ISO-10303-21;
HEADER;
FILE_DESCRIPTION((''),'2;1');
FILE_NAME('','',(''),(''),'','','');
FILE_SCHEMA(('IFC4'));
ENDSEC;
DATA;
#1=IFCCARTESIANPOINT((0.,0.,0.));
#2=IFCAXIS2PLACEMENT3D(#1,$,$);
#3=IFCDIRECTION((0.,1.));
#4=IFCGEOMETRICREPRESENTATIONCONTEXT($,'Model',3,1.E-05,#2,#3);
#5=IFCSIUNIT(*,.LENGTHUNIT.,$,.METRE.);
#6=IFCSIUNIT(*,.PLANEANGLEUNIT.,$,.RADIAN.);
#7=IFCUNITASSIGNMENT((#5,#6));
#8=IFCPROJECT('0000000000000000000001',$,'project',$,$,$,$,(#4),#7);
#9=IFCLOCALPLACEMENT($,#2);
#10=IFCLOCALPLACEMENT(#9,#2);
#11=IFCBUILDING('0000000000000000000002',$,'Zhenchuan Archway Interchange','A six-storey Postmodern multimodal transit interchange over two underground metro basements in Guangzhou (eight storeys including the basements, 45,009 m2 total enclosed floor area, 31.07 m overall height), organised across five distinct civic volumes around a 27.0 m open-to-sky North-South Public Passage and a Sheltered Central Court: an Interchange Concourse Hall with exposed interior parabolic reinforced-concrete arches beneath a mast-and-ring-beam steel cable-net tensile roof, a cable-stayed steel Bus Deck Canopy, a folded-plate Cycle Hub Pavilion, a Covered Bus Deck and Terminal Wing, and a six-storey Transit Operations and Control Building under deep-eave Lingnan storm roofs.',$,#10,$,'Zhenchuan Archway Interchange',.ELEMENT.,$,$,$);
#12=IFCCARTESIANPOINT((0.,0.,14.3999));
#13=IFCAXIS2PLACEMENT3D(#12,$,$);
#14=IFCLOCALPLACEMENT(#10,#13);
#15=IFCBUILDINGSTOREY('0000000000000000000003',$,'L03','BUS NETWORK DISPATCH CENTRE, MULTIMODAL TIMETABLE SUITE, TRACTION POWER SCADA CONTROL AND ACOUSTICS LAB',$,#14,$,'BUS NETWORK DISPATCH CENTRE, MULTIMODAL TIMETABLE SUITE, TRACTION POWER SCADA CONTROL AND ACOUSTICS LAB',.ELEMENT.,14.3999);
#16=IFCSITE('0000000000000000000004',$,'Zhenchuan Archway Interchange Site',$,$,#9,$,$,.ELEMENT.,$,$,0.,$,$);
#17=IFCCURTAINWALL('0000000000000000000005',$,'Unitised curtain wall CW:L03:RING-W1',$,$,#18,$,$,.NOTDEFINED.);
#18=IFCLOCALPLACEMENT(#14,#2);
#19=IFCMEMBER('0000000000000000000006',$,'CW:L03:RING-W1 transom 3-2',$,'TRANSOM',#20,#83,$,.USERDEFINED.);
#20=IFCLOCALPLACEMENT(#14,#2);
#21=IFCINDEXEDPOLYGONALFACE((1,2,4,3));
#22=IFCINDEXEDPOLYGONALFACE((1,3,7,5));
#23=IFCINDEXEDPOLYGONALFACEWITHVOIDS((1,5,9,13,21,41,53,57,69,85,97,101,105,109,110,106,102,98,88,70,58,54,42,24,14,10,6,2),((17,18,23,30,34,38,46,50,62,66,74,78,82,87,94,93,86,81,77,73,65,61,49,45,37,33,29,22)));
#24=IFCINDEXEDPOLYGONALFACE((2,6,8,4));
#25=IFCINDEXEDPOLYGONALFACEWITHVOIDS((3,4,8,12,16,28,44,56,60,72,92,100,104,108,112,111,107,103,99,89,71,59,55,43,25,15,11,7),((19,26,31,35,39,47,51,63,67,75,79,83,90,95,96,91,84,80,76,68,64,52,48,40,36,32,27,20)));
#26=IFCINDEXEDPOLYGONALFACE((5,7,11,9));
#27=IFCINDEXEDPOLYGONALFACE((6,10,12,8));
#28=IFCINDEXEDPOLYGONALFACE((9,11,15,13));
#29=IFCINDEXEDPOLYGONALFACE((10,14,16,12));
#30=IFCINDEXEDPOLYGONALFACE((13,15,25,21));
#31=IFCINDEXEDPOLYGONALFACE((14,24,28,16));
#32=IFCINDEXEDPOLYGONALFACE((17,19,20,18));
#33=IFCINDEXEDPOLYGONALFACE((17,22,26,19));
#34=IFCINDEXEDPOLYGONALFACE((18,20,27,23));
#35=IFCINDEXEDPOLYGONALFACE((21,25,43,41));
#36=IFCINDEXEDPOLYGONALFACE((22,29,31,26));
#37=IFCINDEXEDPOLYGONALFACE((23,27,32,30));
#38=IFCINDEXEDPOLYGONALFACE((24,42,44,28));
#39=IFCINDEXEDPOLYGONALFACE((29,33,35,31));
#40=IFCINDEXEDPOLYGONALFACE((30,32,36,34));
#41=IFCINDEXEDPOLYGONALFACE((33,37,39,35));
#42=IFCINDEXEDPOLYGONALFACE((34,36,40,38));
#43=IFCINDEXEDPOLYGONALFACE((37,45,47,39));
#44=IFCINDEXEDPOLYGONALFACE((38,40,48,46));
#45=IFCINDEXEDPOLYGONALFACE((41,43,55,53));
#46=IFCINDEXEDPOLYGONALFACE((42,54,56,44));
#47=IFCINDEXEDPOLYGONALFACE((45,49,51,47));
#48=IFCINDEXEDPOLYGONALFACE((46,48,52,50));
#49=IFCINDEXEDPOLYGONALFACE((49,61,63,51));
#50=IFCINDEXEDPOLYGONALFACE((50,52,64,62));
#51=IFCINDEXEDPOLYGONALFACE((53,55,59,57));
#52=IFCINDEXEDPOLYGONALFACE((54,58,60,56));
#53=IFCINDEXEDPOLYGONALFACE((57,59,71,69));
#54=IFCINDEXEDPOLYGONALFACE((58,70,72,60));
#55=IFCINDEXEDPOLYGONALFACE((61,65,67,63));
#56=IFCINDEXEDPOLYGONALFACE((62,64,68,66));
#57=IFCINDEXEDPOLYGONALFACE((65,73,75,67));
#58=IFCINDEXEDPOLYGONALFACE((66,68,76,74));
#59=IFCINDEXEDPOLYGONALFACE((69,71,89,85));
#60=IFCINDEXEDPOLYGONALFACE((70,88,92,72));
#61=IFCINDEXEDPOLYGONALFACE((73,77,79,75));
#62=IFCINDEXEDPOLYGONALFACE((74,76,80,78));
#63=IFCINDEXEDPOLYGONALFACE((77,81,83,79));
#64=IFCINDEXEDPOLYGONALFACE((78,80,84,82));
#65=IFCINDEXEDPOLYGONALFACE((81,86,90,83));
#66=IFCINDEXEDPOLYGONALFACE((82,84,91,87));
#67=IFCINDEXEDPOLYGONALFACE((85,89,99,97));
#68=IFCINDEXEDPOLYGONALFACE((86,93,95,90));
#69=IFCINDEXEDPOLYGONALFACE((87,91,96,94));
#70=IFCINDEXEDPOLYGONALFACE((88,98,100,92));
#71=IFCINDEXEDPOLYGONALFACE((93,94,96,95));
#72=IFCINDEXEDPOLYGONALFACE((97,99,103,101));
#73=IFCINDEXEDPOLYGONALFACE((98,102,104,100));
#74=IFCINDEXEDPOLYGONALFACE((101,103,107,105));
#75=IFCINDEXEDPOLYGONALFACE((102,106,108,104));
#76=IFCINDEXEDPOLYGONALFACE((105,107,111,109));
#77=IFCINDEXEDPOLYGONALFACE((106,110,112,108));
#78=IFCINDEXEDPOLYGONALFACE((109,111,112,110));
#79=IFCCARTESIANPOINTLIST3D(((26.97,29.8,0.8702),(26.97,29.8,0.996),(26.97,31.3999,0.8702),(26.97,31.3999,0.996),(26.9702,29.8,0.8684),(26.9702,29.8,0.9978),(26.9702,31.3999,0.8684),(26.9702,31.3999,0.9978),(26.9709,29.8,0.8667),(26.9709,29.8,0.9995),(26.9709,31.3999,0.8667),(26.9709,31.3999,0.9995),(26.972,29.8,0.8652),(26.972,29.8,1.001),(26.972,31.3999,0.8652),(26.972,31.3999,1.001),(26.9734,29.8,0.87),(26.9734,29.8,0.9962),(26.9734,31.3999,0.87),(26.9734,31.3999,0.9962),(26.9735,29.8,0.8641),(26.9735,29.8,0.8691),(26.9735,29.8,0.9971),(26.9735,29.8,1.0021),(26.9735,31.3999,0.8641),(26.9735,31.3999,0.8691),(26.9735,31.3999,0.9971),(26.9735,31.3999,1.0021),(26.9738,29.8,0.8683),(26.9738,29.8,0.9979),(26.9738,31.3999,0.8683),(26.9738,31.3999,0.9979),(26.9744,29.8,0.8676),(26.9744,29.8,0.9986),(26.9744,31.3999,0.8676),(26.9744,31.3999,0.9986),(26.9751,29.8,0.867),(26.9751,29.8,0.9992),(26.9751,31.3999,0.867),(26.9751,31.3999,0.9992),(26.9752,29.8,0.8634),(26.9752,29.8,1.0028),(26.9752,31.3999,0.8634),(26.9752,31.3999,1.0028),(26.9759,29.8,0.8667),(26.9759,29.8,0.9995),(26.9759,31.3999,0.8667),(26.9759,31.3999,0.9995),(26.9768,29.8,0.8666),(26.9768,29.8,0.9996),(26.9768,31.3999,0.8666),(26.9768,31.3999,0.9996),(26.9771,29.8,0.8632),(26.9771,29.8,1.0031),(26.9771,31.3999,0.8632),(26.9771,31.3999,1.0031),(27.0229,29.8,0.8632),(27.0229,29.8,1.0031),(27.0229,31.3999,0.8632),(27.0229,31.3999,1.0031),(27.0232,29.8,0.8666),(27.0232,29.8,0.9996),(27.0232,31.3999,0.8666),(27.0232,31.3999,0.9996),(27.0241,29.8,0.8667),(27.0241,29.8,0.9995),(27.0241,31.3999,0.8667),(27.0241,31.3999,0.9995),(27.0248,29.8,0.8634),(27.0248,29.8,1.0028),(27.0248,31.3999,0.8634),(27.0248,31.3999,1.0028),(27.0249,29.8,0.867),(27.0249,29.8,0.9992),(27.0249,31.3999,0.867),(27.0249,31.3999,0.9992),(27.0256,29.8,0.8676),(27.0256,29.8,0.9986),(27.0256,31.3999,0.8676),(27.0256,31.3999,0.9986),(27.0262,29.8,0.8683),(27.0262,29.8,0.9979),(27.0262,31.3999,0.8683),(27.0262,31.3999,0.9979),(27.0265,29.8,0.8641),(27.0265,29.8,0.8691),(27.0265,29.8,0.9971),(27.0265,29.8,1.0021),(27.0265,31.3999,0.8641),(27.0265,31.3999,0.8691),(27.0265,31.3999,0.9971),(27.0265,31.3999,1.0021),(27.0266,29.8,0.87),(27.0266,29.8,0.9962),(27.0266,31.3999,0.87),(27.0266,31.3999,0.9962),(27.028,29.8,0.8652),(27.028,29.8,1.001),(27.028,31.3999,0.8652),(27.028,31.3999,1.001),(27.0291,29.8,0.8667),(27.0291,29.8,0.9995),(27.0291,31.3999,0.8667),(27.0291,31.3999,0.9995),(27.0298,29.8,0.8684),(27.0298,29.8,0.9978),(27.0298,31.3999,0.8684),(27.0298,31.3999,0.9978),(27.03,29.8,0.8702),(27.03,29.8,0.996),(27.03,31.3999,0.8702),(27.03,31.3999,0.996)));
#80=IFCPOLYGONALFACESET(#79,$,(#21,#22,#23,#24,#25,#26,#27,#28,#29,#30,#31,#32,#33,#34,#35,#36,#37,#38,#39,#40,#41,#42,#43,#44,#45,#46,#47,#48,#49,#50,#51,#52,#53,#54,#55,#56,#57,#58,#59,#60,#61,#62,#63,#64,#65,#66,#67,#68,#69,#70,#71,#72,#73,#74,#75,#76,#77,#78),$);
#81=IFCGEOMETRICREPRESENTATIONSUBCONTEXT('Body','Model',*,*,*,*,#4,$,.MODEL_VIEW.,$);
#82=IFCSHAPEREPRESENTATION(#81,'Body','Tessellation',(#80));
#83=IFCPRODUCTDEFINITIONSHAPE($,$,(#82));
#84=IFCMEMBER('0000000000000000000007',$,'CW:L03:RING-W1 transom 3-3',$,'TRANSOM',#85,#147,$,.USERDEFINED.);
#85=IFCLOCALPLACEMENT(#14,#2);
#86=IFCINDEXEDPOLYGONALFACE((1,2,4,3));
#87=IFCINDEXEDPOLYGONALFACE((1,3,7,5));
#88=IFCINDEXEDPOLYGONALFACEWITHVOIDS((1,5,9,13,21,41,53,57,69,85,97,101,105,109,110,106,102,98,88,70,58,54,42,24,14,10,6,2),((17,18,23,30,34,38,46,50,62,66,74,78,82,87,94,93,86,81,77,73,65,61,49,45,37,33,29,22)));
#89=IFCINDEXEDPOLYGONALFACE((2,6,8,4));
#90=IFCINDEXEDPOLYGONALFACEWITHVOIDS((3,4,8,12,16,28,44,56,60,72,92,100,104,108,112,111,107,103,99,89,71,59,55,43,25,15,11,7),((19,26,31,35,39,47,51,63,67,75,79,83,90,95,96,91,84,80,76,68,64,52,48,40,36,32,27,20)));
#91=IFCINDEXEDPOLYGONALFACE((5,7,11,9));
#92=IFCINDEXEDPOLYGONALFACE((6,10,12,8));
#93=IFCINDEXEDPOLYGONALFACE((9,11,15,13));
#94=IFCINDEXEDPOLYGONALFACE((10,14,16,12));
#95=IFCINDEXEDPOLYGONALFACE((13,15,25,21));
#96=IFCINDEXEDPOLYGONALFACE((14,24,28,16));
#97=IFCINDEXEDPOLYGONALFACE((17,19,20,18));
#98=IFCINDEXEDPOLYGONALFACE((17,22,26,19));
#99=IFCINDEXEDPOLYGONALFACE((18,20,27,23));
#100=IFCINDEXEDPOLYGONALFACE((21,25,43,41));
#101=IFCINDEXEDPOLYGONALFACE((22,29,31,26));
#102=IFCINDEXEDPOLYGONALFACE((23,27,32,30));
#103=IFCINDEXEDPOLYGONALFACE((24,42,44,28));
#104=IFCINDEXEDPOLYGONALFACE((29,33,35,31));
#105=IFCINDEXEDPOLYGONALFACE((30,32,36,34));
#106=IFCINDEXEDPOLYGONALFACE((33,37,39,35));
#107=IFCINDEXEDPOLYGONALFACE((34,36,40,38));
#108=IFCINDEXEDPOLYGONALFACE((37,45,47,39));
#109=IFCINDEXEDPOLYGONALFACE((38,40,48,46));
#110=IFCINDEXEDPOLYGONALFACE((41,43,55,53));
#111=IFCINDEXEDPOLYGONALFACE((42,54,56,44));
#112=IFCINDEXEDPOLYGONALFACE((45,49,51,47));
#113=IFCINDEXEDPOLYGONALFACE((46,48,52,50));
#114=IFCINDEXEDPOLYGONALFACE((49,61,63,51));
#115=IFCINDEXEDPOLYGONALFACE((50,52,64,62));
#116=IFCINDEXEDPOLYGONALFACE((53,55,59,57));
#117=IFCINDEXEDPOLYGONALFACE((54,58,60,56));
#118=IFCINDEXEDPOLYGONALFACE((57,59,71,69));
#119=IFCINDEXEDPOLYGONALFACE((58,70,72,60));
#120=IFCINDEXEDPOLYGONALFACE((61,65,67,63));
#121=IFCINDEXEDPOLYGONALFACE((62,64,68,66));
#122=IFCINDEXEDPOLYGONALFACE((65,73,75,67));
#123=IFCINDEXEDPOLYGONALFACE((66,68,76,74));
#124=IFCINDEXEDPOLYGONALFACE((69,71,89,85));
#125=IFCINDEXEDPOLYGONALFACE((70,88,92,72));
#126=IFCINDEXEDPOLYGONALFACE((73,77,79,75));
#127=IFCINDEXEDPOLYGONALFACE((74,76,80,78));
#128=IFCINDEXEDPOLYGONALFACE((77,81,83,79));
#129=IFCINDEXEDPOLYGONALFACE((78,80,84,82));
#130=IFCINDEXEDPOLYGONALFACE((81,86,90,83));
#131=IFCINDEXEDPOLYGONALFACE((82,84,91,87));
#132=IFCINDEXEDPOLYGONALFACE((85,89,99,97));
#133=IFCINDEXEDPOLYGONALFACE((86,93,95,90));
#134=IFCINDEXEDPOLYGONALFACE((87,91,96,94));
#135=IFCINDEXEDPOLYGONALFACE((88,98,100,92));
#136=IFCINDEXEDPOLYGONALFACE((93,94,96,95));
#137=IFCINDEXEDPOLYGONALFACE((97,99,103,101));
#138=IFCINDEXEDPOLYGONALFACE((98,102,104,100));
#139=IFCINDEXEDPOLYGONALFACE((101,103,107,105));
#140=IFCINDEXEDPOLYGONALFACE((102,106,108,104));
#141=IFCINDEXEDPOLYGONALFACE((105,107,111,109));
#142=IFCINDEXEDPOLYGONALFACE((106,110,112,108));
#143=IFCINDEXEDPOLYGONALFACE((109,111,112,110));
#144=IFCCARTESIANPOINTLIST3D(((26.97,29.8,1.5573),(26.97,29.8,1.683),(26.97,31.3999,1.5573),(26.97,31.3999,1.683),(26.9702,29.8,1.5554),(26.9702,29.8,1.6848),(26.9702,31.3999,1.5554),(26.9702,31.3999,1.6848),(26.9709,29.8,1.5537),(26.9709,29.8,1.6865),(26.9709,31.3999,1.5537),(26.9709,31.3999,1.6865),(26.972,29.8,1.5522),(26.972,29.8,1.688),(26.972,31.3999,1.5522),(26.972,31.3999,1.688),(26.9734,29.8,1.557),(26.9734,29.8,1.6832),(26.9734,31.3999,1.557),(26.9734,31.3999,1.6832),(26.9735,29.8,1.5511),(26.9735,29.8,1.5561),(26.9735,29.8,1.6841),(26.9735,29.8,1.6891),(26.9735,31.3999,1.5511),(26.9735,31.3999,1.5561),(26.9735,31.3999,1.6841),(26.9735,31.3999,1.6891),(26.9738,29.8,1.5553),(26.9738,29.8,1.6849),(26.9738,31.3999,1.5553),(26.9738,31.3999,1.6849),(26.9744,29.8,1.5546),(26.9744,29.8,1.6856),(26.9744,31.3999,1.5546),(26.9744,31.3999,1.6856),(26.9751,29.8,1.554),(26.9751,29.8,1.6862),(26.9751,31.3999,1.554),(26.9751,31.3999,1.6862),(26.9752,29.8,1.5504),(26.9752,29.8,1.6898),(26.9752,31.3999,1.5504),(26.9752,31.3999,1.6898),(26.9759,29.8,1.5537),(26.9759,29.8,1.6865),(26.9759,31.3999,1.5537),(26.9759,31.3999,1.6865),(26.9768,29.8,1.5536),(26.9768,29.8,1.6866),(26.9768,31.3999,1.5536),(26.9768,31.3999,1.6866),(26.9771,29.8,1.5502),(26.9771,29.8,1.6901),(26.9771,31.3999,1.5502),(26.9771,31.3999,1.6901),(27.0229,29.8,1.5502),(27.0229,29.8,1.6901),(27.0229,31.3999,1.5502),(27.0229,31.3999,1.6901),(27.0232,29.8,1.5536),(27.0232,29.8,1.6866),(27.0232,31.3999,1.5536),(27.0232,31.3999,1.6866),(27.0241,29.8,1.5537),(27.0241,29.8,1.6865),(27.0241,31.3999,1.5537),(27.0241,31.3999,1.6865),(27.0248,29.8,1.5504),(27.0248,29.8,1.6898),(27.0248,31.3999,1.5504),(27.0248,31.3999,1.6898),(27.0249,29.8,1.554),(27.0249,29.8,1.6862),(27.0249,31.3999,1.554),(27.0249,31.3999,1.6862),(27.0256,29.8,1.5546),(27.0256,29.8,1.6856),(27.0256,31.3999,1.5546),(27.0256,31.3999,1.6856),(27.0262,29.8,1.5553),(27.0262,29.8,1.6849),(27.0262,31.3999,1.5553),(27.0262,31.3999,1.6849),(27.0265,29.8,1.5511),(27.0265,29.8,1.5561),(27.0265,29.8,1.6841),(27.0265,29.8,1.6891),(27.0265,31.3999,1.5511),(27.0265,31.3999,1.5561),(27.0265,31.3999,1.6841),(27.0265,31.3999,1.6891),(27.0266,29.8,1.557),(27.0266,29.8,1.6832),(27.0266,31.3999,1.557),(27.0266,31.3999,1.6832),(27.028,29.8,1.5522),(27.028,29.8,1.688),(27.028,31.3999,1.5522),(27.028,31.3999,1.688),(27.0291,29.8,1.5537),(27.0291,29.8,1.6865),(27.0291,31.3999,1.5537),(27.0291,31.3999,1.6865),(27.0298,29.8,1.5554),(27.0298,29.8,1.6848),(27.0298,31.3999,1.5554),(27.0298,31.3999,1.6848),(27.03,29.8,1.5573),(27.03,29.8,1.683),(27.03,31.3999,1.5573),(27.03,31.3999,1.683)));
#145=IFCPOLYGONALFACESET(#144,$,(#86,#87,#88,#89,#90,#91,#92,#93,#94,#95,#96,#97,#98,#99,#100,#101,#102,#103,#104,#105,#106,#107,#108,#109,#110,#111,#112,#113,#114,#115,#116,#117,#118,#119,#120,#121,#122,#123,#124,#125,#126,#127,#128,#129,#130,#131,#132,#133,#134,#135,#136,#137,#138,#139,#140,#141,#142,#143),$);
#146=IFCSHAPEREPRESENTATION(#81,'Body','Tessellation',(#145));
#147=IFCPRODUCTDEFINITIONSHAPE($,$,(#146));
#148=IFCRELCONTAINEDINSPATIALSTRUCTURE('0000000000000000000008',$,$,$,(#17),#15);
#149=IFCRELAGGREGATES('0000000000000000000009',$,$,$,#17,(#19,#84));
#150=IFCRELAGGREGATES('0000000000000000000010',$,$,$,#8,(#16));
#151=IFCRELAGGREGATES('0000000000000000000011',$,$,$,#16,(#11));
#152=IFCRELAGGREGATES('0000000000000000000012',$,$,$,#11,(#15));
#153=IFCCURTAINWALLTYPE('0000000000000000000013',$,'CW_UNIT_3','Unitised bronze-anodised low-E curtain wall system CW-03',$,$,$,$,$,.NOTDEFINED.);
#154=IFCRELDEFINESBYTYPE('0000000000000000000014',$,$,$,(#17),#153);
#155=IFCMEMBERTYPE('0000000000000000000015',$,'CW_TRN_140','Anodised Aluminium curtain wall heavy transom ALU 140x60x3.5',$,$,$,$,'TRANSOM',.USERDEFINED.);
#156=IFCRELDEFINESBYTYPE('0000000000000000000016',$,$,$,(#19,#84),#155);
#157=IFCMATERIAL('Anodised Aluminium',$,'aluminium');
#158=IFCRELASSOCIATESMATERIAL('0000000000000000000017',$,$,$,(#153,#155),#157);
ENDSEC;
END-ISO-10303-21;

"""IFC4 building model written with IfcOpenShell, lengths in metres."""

from ifc_helpers import new_model, si_unit, direction, frame, origin, origin_2d, place, context, subcontext, project, spatial, hollow_rectangle, extrude, material, material_profile, profile_set, type_object, element, aggregate, save


model = new_model("IFC4")

# Units and contexts
model_context = context("Model", 3, precision=1e-05, world=origin(), true_north=direction((0.0, 1.0)))
body_context = subcontext(model_context, "Body", "Model", "MODEL_VIEW")
ifc_project = project(units=[si_unit("LENGTHUNIT", "METRE"), si_unit("PLANEANGLEUNIT", "RADIAN")], contexts=[model_context])

# Site, building, storey
site_placement = place(None, origin())
site = spatial("IfcSite", under=ifc_project, at=site_placement, Name="Zhenchuan Archway Interchange Site", CompositionType="ELEMENT", RefElevation=0.0)
building_placement = place(site_placement, origin())
building = spatial("IfcBuilding", under=site, at=building_placement, Name="Zhenchuan Archway Interchange", Description="A six-storey Postmodern multimodal transit interchange over two underground metro basements in Guangzhou (eight storeys including the basements, 45,009 m2 total enclosed floor area, 31.07 m overall height), organised across five distinct civic volumes around a 27.0 m open-to-sky North-South Public Passage and a Sheltered Central Court: an Interchange Concourse Hall with exposed interior parabolic reinforced-concrete arches beneath a mast-and-ring-beam steel cable-net tensile roof, a cable-stayed steel Bus Deck Canopy, a folded-plate Cycle Hub Pavilion, a Covered Bus Deck and Terminal Wing, and a six-storey Transit Operations and Control Building under deep-eave Lingnan storm roofs.", LongName="Zhenchuan Archway Interchange", CompositionType="ELEMENT")
storey_placement = place(building_placement, frame((0.0, 0.0, 14.3999)))
storey = spatial("IfcBuildingStorey", under=building, at=storey_placement, Name="L03", Description="BUS NETWORK DISPATCH CENTRE, MULTIMODAL TIMETABLE SUITE, TRACTION POWER SCADA CONTROL AND ACOUSTICS LAB", LongName="BUS NETWORK DISPATCH CENTRE, MULTIMODAL TIMETABLE SUITE, TRACTION POWER SCADA CONTROL AND ACOUSTICS LAB", CompositionType="ELEMENT", Elevation=14.3999)

# Curtain wall
ifc_material_1 = material(Name="Anodised Aluminium", Category="aluminium")
curtain_wall_type_1 = type_object("IfcCurtainWallType", Name="CW_UNIT_3", Description="Unitised bronze-anodised low-E curtain wall system CW-03", PredefinedType="NOTDEFINED", material=ifc_material_1)
curtain_wall_1_placement = place(storey_placement, origin())
curtain_wall_1 = element("IfcCurtainWall", 1, at=curtain_wall_1_placement, inside=storey, type_object=curtain_wall_type_1, Name="Unitised curtain wall CW:L03:RING-W1", PredefinedType="NOTDEFINED")

# Members
ifc_material_profile_1 = material_profile(ifc_material_1, hollow_rectangle(XDim=0.0601, YDim=0.1399, WallThickness=0.0034, InnerFilletRadius=0.0034, OuterFilletRadius=0.0071, at=origin_2d()), Name="ALU 140x60x3.5")
ifc_profile_set_1 = profile_set([ifc_material_profile_1], Name="Anodised Aluminium")
member_type_1 = type_object("IfcMemberType", Name="CW_TRN_140", Description="Anodised Aluminium curtain wall heavy transom ALU 140x60x3.5", ElementType="TRANSOM", PredefinedType="USERDEFINED", material=ifc_profile_set_1)
member_1_placement = place(storey_placement, frame((27.0, 29.8, 0.9331), z_axis=(0.0, 1.0, 0.0), x_axis=(-1.0, 0.0, 0.0)))
member_1 = element("IfcMember", 2, at=member_1_placement, type_object=member_type_1, Name="CW:L03:RING-W1 transom 3-2", ObjectType="TRANSOM", PredefinedType="USERDEFINED", context=body_context, shape_type="SweptSolid", body=[
    extrude(hollow_rectangle(XDim=0.0601, YDim=0.1399, WallThickness=0.0034, InnerFilletRadius=0.0034, OuterFilletRadius=0.0071, at=origin_2d()), origin(), (0.0, 0.0, 1.0), 1.5999),
])
member_2_placement = place(storey_placement, frame((27.0, 29.8, 1.6201), z_axis=(0.0, 1.0, 0.0), x_axis=(-1.0, 0.0, 0.0)))
member_2 = element("IfcMember", 3, at=member_2_placement, type_object=member_type_1, Name="CW:L03:RING-W1 transom 3-3", ObjectType="TRANSOM", PredefinedType="USERDEFINED", context=body_context, shape_type="SweptSolid", body=[
    extrude(hollow_rectangle(XDim=0.0601, YDim=0.1399, WallThickness=0.0034, InnerFilletRadius=0.0034, OuterFilletRadius=0.0071, at=origin_2d()), origin(), (0.0, 0.0, 1.0), 1.5999),
])

aggregate(curtain_wall_1, [member_1, member_2])

save(model, "model.ifc")
